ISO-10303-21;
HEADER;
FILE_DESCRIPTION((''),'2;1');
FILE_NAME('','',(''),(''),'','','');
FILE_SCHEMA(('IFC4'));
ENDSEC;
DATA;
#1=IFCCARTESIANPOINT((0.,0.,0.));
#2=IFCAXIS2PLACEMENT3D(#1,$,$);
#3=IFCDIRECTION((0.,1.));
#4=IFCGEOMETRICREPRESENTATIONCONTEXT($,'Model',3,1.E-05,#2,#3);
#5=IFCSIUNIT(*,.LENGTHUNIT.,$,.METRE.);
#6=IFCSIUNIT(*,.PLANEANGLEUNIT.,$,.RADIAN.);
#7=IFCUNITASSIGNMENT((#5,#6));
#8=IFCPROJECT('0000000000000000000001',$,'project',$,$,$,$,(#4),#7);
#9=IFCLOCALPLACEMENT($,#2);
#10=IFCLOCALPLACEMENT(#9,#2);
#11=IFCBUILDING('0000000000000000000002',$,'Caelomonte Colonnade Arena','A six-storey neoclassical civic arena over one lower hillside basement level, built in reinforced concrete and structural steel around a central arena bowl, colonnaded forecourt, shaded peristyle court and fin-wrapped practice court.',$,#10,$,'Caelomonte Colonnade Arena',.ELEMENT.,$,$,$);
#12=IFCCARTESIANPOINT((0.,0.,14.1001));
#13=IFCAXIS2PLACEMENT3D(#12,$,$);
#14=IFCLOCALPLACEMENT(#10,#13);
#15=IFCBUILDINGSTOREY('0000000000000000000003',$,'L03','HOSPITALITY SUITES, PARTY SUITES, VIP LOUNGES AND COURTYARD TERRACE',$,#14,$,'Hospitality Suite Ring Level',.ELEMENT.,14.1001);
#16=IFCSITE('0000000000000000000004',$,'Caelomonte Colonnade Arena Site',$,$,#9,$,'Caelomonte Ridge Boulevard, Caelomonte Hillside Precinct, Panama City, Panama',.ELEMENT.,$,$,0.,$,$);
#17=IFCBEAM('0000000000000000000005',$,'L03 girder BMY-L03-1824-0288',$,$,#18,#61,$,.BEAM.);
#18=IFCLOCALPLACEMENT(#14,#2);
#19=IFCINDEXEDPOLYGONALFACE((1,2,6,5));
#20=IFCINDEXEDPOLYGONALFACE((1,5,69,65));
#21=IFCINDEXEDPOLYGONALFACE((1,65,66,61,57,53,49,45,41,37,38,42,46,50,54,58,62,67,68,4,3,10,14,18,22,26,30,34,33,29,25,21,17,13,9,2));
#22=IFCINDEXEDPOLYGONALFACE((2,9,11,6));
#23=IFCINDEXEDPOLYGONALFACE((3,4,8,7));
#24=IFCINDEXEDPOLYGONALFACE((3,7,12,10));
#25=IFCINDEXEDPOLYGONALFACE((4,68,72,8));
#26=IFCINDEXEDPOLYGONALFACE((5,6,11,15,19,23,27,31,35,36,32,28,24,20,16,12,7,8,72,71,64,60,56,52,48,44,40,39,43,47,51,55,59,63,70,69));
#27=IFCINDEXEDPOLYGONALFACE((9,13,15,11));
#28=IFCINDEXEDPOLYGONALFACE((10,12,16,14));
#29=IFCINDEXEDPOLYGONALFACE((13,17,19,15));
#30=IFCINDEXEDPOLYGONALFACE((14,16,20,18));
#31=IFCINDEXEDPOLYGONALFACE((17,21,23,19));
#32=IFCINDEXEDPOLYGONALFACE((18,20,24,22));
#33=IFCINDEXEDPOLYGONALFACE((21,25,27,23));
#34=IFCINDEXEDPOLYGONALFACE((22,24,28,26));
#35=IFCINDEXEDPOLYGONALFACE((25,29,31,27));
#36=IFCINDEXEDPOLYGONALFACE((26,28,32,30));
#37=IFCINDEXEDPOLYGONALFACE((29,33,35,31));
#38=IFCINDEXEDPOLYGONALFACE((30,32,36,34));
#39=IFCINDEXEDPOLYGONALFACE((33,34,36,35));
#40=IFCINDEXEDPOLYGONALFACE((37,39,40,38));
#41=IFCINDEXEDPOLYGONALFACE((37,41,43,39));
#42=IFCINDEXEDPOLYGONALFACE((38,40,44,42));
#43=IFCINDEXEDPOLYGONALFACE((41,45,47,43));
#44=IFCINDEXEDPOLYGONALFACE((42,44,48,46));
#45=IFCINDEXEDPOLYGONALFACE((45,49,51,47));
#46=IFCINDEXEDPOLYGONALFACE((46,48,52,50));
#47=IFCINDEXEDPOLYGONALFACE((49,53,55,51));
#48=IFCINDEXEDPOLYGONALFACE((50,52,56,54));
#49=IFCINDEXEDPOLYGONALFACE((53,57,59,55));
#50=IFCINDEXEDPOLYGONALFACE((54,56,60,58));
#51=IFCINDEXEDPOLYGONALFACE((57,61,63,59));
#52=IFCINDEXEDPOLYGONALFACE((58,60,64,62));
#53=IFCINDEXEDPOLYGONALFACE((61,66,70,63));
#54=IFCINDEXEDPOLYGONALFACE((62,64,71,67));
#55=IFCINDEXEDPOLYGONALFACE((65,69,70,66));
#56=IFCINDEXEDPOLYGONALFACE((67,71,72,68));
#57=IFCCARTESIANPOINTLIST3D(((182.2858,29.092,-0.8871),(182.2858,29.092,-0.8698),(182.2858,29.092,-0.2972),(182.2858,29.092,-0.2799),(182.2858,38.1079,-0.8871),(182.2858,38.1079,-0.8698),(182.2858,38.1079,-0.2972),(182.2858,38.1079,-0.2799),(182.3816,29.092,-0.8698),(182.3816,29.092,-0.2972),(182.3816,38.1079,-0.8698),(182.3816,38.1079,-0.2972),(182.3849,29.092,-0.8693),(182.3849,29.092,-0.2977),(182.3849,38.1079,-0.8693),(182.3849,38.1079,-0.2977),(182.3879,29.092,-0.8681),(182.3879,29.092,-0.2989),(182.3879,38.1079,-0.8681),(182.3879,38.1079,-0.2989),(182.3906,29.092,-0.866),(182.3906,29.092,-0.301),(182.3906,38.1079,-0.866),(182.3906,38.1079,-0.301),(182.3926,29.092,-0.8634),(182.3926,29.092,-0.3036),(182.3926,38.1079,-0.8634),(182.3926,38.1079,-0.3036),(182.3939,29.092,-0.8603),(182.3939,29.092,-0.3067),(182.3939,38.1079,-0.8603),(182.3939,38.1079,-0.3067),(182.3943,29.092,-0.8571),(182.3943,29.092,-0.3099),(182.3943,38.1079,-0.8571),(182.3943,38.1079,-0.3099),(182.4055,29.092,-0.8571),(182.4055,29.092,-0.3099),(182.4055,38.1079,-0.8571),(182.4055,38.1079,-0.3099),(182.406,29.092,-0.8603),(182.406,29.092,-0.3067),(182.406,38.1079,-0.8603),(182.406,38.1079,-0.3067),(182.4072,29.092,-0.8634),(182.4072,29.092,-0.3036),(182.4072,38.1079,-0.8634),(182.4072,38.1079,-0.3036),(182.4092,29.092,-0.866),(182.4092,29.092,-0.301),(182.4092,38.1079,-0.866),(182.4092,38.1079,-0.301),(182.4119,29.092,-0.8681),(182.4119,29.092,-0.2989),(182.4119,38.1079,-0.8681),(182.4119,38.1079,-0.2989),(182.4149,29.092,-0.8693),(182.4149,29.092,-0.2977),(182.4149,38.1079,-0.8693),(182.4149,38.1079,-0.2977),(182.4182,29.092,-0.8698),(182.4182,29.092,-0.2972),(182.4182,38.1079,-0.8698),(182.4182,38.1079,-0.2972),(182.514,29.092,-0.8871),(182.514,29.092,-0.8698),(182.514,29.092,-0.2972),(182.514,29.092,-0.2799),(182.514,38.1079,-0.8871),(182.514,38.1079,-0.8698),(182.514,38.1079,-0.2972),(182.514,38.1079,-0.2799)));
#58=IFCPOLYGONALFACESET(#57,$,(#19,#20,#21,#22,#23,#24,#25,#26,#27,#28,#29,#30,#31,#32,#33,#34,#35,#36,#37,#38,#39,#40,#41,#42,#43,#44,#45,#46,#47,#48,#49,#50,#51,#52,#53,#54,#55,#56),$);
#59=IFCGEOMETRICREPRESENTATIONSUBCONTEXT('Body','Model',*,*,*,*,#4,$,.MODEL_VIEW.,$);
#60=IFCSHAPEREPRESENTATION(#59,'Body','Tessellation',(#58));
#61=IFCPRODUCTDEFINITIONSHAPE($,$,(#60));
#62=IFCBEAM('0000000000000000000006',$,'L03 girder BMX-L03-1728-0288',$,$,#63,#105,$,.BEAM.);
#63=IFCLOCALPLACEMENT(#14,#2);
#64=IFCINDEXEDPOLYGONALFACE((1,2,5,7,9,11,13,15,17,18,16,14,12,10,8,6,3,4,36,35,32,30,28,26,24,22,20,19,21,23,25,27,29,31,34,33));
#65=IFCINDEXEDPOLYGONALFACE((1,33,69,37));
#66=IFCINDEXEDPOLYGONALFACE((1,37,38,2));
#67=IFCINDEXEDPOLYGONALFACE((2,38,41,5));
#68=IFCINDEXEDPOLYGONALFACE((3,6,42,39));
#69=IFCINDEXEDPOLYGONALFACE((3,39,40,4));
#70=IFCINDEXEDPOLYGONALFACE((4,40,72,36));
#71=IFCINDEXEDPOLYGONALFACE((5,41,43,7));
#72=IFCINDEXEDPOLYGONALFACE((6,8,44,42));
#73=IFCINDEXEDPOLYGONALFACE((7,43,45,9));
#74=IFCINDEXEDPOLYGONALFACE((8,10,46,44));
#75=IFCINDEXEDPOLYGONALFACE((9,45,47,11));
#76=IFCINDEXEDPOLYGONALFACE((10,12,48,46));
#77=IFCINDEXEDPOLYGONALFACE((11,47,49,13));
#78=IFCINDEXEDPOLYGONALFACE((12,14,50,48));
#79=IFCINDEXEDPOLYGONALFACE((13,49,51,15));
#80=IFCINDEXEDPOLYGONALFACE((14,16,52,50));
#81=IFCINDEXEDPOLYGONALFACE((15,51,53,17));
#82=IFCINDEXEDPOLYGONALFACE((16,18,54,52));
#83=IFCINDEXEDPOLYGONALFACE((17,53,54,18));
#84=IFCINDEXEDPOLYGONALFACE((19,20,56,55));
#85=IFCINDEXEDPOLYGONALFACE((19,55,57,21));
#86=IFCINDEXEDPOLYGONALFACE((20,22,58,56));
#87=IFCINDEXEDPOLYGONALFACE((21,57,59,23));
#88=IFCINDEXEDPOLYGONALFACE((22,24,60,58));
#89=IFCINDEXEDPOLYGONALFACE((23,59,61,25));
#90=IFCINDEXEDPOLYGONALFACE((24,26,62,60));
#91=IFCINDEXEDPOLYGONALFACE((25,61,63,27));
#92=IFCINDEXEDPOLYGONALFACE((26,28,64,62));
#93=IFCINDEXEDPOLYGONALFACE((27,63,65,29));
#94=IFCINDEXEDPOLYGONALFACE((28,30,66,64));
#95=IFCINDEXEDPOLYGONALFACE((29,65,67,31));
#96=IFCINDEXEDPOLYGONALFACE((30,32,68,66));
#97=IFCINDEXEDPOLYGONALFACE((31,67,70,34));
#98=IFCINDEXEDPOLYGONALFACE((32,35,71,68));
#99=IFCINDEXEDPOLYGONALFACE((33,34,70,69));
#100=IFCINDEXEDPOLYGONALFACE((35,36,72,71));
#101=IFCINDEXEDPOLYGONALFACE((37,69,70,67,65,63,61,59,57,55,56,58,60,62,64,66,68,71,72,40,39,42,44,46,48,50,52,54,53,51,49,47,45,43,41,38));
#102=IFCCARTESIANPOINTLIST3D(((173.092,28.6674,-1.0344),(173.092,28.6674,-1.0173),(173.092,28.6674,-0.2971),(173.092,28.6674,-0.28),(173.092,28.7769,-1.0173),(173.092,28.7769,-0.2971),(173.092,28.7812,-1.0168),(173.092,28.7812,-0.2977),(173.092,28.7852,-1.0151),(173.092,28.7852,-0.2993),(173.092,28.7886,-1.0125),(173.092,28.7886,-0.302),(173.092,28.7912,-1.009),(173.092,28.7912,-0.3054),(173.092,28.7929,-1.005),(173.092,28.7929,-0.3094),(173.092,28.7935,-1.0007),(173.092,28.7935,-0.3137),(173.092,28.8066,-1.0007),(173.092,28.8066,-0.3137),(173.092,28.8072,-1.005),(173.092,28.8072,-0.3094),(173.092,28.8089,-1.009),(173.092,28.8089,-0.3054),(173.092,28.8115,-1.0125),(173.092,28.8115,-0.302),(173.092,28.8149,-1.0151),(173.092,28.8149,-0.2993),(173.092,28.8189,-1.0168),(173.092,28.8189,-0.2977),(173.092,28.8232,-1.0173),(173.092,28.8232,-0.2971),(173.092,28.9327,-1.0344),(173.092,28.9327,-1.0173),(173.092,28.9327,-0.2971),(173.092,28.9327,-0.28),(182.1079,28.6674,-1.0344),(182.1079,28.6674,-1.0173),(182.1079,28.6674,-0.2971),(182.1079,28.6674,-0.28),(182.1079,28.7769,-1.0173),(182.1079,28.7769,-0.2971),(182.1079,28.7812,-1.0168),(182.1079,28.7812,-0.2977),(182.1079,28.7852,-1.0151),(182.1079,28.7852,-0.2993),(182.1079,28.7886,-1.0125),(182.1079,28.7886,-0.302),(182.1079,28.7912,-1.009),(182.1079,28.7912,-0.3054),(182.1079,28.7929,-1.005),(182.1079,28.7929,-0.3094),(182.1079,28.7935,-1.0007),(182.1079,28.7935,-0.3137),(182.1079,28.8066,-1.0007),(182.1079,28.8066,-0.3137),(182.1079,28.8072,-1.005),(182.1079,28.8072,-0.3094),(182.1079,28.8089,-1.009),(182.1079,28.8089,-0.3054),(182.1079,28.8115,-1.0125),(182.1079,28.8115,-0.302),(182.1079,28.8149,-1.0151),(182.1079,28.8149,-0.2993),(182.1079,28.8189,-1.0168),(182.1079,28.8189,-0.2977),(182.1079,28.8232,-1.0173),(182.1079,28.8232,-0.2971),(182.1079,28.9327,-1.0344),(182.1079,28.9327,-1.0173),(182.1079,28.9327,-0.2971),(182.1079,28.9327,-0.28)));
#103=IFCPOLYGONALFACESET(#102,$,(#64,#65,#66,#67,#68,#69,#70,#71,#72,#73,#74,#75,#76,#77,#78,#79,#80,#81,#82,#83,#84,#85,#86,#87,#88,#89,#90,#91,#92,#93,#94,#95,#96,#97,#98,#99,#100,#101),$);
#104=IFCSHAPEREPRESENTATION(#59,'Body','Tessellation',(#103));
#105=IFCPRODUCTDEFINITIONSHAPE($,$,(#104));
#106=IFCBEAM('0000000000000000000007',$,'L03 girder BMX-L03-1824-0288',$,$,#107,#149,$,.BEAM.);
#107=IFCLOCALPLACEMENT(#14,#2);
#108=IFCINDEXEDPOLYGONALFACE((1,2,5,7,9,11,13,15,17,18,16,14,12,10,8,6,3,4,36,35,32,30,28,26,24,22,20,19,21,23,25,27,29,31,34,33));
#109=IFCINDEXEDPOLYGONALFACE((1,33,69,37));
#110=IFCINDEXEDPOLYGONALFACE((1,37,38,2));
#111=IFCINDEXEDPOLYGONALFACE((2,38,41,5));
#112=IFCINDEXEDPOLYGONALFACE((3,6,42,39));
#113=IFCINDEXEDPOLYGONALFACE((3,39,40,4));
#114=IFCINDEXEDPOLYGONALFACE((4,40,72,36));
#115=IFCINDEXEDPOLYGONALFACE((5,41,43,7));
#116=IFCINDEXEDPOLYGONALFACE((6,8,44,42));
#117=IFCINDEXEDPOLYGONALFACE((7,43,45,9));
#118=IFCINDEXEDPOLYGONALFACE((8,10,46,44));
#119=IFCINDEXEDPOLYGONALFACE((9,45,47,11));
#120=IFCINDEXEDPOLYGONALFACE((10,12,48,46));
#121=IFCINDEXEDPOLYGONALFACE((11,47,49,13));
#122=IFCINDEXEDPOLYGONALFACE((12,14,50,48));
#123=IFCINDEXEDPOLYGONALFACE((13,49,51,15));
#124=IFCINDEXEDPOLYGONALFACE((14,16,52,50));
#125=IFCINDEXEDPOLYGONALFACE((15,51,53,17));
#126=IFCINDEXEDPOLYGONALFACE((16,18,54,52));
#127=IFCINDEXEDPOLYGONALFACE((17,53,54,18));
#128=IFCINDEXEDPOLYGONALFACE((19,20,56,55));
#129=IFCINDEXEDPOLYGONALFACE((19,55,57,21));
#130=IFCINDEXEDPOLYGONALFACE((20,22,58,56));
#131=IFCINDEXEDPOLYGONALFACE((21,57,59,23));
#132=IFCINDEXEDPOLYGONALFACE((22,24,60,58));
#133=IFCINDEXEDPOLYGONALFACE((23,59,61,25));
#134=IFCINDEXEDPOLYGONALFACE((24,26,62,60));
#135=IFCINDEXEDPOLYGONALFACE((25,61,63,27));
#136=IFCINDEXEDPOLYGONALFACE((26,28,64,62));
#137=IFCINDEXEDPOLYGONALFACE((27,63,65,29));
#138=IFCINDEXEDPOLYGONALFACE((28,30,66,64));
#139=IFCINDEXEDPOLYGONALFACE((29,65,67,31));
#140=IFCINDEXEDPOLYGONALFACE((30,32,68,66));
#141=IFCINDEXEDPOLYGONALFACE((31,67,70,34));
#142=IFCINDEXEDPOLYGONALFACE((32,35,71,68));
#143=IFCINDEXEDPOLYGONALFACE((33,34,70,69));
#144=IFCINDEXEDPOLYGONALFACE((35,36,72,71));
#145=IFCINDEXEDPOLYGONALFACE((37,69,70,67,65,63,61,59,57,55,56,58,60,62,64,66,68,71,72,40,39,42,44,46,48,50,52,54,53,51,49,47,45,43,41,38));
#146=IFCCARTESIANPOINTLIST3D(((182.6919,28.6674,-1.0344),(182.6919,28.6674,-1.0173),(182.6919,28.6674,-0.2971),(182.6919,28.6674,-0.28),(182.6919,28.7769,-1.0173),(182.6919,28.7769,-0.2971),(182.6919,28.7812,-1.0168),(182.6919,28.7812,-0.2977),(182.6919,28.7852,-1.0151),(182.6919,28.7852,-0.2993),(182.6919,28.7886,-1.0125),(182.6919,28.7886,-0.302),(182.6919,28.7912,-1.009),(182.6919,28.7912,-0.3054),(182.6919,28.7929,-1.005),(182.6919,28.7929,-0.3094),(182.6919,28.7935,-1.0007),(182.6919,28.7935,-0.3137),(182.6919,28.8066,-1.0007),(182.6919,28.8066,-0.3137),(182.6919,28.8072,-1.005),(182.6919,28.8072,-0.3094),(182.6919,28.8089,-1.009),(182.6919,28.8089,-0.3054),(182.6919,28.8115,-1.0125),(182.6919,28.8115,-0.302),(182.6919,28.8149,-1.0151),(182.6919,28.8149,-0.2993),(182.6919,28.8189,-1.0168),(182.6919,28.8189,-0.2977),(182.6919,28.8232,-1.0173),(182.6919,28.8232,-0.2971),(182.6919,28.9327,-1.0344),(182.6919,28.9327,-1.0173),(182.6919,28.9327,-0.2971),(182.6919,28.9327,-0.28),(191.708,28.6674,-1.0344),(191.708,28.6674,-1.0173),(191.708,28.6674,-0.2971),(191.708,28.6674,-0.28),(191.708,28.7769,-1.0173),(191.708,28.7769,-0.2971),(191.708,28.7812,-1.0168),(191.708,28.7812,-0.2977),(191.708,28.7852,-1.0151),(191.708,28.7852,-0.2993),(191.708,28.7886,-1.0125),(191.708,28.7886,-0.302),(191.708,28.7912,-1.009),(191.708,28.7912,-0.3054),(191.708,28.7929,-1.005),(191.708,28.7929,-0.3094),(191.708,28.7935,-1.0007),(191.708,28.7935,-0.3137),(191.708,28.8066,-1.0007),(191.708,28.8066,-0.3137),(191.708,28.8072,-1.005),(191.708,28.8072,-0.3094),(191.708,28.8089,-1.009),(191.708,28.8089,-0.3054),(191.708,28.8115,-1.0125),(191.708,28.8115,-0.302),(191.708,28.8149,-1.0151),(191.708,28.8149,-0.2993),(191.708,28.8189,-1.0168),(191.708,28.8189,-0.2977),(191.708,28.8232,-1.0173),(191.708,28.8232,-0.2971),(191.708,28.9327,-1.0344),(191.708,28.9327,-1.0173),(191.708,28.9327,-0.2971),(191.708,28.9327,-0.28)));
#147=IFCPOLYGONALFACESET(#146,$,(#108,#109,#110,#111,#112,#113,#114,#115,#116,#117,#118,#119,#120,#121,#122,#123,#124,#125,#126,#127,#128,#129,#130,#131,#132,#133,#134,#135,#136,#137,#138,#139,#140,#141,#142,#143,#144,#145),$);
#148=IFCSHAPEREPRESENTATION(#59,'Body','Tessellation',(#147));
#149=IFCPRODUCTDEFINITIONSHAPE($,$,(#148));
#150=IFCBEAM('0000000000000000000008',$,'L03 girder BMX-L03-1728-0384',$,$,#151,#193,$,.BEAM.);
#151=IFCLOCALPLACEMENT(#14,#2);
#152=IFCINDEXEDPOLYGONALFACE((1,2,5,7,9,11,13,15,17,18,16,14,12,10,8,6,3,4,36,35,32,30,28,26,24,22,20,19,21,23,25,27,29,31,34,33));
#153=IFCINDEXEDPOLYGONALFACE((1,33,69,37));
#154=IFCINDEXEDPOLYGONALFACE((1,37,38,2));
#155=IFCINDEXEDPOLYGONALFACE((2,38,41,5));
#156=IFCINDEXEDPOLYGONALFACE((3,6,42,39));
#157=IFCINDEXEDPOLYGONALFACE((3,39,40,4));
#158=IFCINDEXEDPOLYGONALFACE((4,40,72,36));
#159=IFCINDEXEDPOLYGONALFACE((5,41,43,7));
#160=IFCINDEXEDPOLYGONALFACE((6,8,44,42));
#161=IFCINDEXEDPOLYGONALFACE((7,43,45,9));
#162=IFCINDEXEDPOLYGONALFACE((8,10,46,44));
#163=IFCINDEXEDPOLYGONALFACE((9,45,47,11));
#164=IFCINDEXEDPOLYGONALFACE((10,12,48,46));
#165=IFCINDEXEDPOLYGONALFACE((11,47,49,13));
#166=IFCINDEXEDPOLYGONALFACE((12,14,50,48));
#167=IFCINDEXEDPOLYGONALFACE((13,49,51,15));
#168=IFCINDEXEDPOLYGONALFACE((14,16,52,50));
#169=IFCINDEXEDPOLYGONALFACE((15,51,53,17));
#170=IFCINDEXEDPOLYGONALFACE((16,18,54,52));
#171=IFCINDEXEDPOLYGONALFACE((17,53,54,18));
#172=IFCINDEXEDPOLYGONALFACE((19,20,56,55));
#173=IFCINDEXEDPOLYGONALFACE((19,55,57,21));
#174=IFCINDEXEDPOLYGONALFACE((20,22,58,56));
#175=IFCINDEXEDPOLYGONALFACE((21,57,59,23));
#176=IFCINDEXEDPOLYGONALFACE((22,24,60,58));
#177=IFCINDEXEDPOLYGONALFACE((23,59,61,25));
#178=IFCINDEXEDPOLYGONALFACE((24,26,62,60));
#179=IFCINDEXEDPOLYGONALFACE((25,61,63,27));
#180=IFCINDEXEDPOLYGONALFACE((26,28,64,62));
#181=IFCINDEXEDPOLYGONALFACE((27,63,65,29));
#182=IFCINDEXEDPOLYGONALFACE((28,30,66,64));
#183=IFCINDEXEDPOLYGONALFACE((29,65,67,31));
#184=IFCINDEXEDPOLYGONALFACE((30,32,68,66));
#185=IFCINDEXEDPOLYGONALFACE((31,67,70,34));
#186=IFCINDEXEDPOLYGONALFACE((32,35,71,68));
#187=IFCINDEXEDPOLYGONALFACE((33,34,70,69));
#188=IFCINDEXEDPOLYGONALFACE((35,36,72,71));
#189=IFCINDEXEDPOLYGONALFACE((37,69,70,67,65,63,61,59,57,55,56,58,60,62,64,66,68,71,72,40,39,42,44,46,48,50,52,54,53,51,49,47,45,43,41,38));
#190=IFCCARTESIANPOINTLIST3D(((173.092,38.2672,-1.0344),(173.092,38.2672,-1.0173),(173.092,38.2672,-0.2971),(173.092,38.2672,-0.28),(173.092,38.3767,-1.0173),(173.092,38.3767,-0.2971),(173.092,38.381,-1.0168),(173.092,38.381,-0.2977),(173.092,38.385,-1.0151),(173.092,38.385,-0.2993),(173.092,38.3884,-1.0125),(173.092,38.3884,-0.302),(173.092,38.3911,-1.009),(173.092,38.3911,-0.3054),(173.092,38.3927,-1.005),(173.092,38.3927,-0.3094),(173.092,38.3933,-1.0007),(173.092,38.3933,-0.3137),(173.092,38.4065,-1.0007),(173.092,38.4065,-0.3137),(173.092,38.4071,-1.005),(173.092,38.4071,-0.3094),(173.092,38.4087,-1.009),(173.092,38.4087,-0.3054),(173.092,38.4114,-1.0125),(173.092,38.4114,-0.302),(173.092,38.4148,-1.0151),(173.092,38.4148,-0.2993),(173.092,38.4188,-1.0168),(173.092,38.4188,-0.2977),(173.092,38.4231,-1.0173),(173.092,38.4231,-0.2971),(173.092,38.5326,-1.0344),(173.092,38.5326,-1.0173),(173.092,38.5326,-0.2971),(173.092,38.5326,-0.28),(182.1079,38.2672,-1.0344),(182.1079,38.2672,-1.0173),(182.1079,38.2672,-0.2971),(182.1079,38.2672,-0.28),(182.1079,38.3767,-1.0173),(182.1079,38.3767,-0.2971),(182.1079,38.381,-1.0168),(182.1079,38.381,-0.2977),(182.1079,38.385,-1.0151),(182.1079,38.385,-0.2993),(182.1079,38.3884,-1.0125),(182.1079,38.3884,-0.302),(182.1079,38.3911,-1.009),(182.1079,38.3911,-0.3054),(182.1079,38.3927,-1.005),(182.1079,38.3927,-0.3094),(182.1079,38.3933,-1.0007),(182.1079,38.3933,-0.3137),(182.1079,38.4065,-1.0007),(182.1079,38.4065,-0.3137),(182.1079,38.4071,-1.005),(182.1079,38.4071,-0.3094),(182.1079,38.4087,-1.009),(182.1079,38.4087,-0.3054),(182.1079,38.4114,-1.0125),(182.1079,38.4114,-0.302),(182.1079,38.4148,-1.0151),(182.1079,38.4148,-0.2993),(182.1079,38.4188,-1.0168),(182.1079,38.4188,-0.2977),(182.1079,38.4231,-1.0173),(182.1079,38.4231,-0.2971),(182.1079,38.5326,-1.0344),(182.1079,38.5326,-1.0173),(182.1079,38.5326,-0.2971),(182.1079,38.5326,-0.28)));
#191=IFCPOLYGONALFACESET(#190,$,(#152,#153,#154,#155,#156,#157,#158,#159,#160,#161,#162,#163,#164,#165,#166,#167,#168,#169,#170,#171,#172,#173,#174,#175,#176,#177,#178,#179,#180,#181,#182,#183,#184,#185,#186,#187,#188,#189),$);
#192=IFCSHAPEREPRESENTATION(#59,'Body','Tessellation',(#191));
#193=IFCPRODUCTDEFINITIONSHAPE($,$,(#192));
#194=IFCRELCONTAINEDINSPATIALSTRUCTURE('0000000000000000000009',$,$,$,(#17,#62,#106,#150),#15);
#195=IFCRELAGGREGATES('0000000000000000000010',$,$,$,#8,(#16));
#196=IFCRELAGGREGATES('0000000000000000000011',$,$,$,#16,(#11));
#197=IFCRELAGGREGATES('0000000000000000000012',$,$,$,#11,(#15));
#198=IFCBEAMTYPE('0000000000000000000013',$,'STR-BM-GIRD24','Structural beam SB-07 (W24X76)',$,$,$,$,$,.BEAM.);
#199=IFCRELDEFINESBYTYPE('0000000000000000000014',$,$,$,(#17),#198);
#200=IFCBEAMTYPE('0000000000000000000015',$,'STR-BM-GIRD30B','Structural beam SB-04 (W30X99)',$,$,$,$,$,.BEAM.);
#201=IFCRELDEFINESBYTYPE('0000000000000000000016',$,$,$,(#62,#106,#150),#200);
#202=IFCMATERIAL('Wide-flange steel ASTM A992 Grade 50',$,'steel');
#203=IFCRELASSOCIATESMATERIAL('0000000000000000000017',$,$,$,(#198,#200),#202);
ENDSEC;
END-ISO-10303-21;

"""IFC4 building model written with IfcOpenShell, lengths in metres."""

from ifc_helpers import new_model, si_unit, direction, frame, origin, origin_2d, place, context, subcontext, project, spatial, i_section, extrude, material, material_profile, profile_set, type_object, element, save


model = new_model("IFC4")

# Units and contexts
model_context = context("Model", 3, precision=1e-05, world=origin(), true_north=direction((0.0, 1.0)))
body_context = subcontext(model_context, "Body", "Model", "MODEL_VIEW")
ifc_project = project(units=[si_unit("LENGTHUNIT", "METRE"), si_unit("PLANEANGLEUNIT", "RADIAN")], contexts=[model_context])

# Site, building, storey
site_placement = place(None, origin())
site = spatial("IfcSite", under=ifc_project, at=site_placement, Name="Caelomonte Colonnade Arena Site", LongName="Caelomonte Ridge Boulevard, Caelomonte Hillside Precinct, Panama City, Panama", CompositionType="ELEMENT", RefElevation=0.0)
building_placement = place(site_placement, origin())
building = spatial("IfcBuilding", under=site, at=building_placement, Name="Caelomonte Colonnade Arena", Description="A six-storey neoclassical civic arena over one lower hillside basement level, built in reinforced concrete and structural steel around a central arena bowl, colonnaded forecourt, shaded peristyle court and fin-wrapped practice court.", LongName="Caelomonte Colonnade Arena", CompositionType="ELEMENT")
storey_placement = place(building_placement, frame((0.0, 0.0, 14.1001)))
storey = spatial("IfcBuildingStorey", under=building, at=storey_placement, Name="L03", Description="HOSPITALITY SUITES, PARTY SUITES, VIP LOUNGES AND COURTYARD TERRACE", LongName="Hospitality Suite Ring Level", CompositionType="ELEMENT", Elevation=14.1001)

# Beams
ifc_material_1 = material(Name="Wide-flange steel ASTM A992 Grade 50", Category="steel")
ifc_material_profile_1 = material_profile(ifc_material_1, i_section(OverallWidth=0.2283, OverallDepth=0.6072, WebThickness=0.0112, FlangeThickness=0.0173, FilletRadius=0.0127, at=origin_2d()), Name="W24X76")
ifc_profile_set_1 = profile_set([ifc_material_profile_1], Name="Wide-flange steel ASTM A992 Grade 50")
beam_type_1 = type_object("IfcBeamType", Name="STR-BM-GIRD24", Description="Structural beam SB-07 (W24X76)", PredefinedType="BEAM", material=ifc_profile_set_1)
beam_1_placement = place(storey_placement, frame((182.3999, 29.092, -0.5835), z_axis=(0.0, 1.0, 0.0), x_axis=(-1.0, 0.0, 0.0)))
element("IfcBeam", 1, at=beam_1_placement, inside=storey, type_object=beam_type_1, Name="L03 girder BMY-L03-1824-0288", PredefinedType="BEAM", context=body_context, shape_type="SweptSolid", body=[
    extrude(i_section(OverallWidth=0.2283, OverallDepth=0.6072, WebThickness=0.0112, FlangeThickness=0.0173, FilletRadius=0.0127, at=origin_2d()), origin(), (0.0, 0.0, 1.0), 9.0159),
])
ifc_material_profile_2 = material_profile(ifc_material_1, i_section(OverallWidth=0.2654, OverallDepth=0.7544, WebThickness=0.0132, FlangeThickness=0.0171, FilletRadius=0.0166, at=origin_2d()), Name="W30X99")
ifc_profile_set_2 = profile_set([ifc_material_profile_2], Name="Wide-flange steel ASTM A992 Grade 50")
beam_type_2 = type_object("IfcBeamType", Name="STR-BM-GIRD30B", Description="Structural beam SB-04 (W30X99)", PredefinedType="BEAM", material=ifc_profile_set_2)
beam_2_placement = place(storey_placement, frame((173.092, 28.8, -0.6572), z_axis=(1.0, 0.0, 0.0), x_axis=(0.0, 1.0, 0.0)))
element("IfcBeam", 2, at=beam_2_placement, inside=storey, type_object=beam_type_2, Name="L03 girder BMX-L03-1728-0288", PredefinedType="BEAM", context=body_context, shape_type="SweptSolid", body=[
    extrude(i_section(OverallWidth=0.2654, OverallDepth=0.7544, WebThickness=0.0132, FlangeThickness=0.0171, FilletRadius=0.0166, at=origin_2d()), origin(), (0.0, 0.0, 1.0), 9.0159),
])
beam_3_placement = place(storey_placement, frame((182.6919, 28.8, -0.6572), z_axis=(1.0, 0.0, 0.0), x_axis=(0.0, 1.0, 0.0)))
element("IfcBeam", 3, at=beam_3_placement, inside=storey, type_object=beam_type_2, Name="L03 girder BMX-L03-1824-0288", PredefinedType="BEAM", context=body_context, shape_type="SweptSolid", body=[
    extrude(i_section(OverallWidth=0.2654, OverallDepth=0.7544, WebThickness=0.0132, FlangeThickness=0.0171, FilletRadius=0.0166, at=origin_2d()), origin(), (0.0, 0.0, 1.0), 9.0161),
])
beam_4_placement = place(storey_placement, frame((173.092, 38.3999, -0.6572), z_axis=(1.0, 0.0, 0.0), x_axis=(0.0, 1.0, 0.0)))
element("IfcBeam", 4, at=beam_4_placement, inside=storey, type_object=beam_type_2, Name="L03 girder BMX-L03-1728-0384", PredefinedType="BEAM", context=body_context, shape_type="SweptSolid", body=[
    extrude(i_section(OverallWidth=0.2654, OverallDepth=0.7544, WebThickness=0.0132, FlangeThickness=0.0171, FilletRadius=0.0166, at=origin_2d()), origin(), (0.0, 0.0, 1.0), 9.0159),
])

save(model, "model.ifc")
